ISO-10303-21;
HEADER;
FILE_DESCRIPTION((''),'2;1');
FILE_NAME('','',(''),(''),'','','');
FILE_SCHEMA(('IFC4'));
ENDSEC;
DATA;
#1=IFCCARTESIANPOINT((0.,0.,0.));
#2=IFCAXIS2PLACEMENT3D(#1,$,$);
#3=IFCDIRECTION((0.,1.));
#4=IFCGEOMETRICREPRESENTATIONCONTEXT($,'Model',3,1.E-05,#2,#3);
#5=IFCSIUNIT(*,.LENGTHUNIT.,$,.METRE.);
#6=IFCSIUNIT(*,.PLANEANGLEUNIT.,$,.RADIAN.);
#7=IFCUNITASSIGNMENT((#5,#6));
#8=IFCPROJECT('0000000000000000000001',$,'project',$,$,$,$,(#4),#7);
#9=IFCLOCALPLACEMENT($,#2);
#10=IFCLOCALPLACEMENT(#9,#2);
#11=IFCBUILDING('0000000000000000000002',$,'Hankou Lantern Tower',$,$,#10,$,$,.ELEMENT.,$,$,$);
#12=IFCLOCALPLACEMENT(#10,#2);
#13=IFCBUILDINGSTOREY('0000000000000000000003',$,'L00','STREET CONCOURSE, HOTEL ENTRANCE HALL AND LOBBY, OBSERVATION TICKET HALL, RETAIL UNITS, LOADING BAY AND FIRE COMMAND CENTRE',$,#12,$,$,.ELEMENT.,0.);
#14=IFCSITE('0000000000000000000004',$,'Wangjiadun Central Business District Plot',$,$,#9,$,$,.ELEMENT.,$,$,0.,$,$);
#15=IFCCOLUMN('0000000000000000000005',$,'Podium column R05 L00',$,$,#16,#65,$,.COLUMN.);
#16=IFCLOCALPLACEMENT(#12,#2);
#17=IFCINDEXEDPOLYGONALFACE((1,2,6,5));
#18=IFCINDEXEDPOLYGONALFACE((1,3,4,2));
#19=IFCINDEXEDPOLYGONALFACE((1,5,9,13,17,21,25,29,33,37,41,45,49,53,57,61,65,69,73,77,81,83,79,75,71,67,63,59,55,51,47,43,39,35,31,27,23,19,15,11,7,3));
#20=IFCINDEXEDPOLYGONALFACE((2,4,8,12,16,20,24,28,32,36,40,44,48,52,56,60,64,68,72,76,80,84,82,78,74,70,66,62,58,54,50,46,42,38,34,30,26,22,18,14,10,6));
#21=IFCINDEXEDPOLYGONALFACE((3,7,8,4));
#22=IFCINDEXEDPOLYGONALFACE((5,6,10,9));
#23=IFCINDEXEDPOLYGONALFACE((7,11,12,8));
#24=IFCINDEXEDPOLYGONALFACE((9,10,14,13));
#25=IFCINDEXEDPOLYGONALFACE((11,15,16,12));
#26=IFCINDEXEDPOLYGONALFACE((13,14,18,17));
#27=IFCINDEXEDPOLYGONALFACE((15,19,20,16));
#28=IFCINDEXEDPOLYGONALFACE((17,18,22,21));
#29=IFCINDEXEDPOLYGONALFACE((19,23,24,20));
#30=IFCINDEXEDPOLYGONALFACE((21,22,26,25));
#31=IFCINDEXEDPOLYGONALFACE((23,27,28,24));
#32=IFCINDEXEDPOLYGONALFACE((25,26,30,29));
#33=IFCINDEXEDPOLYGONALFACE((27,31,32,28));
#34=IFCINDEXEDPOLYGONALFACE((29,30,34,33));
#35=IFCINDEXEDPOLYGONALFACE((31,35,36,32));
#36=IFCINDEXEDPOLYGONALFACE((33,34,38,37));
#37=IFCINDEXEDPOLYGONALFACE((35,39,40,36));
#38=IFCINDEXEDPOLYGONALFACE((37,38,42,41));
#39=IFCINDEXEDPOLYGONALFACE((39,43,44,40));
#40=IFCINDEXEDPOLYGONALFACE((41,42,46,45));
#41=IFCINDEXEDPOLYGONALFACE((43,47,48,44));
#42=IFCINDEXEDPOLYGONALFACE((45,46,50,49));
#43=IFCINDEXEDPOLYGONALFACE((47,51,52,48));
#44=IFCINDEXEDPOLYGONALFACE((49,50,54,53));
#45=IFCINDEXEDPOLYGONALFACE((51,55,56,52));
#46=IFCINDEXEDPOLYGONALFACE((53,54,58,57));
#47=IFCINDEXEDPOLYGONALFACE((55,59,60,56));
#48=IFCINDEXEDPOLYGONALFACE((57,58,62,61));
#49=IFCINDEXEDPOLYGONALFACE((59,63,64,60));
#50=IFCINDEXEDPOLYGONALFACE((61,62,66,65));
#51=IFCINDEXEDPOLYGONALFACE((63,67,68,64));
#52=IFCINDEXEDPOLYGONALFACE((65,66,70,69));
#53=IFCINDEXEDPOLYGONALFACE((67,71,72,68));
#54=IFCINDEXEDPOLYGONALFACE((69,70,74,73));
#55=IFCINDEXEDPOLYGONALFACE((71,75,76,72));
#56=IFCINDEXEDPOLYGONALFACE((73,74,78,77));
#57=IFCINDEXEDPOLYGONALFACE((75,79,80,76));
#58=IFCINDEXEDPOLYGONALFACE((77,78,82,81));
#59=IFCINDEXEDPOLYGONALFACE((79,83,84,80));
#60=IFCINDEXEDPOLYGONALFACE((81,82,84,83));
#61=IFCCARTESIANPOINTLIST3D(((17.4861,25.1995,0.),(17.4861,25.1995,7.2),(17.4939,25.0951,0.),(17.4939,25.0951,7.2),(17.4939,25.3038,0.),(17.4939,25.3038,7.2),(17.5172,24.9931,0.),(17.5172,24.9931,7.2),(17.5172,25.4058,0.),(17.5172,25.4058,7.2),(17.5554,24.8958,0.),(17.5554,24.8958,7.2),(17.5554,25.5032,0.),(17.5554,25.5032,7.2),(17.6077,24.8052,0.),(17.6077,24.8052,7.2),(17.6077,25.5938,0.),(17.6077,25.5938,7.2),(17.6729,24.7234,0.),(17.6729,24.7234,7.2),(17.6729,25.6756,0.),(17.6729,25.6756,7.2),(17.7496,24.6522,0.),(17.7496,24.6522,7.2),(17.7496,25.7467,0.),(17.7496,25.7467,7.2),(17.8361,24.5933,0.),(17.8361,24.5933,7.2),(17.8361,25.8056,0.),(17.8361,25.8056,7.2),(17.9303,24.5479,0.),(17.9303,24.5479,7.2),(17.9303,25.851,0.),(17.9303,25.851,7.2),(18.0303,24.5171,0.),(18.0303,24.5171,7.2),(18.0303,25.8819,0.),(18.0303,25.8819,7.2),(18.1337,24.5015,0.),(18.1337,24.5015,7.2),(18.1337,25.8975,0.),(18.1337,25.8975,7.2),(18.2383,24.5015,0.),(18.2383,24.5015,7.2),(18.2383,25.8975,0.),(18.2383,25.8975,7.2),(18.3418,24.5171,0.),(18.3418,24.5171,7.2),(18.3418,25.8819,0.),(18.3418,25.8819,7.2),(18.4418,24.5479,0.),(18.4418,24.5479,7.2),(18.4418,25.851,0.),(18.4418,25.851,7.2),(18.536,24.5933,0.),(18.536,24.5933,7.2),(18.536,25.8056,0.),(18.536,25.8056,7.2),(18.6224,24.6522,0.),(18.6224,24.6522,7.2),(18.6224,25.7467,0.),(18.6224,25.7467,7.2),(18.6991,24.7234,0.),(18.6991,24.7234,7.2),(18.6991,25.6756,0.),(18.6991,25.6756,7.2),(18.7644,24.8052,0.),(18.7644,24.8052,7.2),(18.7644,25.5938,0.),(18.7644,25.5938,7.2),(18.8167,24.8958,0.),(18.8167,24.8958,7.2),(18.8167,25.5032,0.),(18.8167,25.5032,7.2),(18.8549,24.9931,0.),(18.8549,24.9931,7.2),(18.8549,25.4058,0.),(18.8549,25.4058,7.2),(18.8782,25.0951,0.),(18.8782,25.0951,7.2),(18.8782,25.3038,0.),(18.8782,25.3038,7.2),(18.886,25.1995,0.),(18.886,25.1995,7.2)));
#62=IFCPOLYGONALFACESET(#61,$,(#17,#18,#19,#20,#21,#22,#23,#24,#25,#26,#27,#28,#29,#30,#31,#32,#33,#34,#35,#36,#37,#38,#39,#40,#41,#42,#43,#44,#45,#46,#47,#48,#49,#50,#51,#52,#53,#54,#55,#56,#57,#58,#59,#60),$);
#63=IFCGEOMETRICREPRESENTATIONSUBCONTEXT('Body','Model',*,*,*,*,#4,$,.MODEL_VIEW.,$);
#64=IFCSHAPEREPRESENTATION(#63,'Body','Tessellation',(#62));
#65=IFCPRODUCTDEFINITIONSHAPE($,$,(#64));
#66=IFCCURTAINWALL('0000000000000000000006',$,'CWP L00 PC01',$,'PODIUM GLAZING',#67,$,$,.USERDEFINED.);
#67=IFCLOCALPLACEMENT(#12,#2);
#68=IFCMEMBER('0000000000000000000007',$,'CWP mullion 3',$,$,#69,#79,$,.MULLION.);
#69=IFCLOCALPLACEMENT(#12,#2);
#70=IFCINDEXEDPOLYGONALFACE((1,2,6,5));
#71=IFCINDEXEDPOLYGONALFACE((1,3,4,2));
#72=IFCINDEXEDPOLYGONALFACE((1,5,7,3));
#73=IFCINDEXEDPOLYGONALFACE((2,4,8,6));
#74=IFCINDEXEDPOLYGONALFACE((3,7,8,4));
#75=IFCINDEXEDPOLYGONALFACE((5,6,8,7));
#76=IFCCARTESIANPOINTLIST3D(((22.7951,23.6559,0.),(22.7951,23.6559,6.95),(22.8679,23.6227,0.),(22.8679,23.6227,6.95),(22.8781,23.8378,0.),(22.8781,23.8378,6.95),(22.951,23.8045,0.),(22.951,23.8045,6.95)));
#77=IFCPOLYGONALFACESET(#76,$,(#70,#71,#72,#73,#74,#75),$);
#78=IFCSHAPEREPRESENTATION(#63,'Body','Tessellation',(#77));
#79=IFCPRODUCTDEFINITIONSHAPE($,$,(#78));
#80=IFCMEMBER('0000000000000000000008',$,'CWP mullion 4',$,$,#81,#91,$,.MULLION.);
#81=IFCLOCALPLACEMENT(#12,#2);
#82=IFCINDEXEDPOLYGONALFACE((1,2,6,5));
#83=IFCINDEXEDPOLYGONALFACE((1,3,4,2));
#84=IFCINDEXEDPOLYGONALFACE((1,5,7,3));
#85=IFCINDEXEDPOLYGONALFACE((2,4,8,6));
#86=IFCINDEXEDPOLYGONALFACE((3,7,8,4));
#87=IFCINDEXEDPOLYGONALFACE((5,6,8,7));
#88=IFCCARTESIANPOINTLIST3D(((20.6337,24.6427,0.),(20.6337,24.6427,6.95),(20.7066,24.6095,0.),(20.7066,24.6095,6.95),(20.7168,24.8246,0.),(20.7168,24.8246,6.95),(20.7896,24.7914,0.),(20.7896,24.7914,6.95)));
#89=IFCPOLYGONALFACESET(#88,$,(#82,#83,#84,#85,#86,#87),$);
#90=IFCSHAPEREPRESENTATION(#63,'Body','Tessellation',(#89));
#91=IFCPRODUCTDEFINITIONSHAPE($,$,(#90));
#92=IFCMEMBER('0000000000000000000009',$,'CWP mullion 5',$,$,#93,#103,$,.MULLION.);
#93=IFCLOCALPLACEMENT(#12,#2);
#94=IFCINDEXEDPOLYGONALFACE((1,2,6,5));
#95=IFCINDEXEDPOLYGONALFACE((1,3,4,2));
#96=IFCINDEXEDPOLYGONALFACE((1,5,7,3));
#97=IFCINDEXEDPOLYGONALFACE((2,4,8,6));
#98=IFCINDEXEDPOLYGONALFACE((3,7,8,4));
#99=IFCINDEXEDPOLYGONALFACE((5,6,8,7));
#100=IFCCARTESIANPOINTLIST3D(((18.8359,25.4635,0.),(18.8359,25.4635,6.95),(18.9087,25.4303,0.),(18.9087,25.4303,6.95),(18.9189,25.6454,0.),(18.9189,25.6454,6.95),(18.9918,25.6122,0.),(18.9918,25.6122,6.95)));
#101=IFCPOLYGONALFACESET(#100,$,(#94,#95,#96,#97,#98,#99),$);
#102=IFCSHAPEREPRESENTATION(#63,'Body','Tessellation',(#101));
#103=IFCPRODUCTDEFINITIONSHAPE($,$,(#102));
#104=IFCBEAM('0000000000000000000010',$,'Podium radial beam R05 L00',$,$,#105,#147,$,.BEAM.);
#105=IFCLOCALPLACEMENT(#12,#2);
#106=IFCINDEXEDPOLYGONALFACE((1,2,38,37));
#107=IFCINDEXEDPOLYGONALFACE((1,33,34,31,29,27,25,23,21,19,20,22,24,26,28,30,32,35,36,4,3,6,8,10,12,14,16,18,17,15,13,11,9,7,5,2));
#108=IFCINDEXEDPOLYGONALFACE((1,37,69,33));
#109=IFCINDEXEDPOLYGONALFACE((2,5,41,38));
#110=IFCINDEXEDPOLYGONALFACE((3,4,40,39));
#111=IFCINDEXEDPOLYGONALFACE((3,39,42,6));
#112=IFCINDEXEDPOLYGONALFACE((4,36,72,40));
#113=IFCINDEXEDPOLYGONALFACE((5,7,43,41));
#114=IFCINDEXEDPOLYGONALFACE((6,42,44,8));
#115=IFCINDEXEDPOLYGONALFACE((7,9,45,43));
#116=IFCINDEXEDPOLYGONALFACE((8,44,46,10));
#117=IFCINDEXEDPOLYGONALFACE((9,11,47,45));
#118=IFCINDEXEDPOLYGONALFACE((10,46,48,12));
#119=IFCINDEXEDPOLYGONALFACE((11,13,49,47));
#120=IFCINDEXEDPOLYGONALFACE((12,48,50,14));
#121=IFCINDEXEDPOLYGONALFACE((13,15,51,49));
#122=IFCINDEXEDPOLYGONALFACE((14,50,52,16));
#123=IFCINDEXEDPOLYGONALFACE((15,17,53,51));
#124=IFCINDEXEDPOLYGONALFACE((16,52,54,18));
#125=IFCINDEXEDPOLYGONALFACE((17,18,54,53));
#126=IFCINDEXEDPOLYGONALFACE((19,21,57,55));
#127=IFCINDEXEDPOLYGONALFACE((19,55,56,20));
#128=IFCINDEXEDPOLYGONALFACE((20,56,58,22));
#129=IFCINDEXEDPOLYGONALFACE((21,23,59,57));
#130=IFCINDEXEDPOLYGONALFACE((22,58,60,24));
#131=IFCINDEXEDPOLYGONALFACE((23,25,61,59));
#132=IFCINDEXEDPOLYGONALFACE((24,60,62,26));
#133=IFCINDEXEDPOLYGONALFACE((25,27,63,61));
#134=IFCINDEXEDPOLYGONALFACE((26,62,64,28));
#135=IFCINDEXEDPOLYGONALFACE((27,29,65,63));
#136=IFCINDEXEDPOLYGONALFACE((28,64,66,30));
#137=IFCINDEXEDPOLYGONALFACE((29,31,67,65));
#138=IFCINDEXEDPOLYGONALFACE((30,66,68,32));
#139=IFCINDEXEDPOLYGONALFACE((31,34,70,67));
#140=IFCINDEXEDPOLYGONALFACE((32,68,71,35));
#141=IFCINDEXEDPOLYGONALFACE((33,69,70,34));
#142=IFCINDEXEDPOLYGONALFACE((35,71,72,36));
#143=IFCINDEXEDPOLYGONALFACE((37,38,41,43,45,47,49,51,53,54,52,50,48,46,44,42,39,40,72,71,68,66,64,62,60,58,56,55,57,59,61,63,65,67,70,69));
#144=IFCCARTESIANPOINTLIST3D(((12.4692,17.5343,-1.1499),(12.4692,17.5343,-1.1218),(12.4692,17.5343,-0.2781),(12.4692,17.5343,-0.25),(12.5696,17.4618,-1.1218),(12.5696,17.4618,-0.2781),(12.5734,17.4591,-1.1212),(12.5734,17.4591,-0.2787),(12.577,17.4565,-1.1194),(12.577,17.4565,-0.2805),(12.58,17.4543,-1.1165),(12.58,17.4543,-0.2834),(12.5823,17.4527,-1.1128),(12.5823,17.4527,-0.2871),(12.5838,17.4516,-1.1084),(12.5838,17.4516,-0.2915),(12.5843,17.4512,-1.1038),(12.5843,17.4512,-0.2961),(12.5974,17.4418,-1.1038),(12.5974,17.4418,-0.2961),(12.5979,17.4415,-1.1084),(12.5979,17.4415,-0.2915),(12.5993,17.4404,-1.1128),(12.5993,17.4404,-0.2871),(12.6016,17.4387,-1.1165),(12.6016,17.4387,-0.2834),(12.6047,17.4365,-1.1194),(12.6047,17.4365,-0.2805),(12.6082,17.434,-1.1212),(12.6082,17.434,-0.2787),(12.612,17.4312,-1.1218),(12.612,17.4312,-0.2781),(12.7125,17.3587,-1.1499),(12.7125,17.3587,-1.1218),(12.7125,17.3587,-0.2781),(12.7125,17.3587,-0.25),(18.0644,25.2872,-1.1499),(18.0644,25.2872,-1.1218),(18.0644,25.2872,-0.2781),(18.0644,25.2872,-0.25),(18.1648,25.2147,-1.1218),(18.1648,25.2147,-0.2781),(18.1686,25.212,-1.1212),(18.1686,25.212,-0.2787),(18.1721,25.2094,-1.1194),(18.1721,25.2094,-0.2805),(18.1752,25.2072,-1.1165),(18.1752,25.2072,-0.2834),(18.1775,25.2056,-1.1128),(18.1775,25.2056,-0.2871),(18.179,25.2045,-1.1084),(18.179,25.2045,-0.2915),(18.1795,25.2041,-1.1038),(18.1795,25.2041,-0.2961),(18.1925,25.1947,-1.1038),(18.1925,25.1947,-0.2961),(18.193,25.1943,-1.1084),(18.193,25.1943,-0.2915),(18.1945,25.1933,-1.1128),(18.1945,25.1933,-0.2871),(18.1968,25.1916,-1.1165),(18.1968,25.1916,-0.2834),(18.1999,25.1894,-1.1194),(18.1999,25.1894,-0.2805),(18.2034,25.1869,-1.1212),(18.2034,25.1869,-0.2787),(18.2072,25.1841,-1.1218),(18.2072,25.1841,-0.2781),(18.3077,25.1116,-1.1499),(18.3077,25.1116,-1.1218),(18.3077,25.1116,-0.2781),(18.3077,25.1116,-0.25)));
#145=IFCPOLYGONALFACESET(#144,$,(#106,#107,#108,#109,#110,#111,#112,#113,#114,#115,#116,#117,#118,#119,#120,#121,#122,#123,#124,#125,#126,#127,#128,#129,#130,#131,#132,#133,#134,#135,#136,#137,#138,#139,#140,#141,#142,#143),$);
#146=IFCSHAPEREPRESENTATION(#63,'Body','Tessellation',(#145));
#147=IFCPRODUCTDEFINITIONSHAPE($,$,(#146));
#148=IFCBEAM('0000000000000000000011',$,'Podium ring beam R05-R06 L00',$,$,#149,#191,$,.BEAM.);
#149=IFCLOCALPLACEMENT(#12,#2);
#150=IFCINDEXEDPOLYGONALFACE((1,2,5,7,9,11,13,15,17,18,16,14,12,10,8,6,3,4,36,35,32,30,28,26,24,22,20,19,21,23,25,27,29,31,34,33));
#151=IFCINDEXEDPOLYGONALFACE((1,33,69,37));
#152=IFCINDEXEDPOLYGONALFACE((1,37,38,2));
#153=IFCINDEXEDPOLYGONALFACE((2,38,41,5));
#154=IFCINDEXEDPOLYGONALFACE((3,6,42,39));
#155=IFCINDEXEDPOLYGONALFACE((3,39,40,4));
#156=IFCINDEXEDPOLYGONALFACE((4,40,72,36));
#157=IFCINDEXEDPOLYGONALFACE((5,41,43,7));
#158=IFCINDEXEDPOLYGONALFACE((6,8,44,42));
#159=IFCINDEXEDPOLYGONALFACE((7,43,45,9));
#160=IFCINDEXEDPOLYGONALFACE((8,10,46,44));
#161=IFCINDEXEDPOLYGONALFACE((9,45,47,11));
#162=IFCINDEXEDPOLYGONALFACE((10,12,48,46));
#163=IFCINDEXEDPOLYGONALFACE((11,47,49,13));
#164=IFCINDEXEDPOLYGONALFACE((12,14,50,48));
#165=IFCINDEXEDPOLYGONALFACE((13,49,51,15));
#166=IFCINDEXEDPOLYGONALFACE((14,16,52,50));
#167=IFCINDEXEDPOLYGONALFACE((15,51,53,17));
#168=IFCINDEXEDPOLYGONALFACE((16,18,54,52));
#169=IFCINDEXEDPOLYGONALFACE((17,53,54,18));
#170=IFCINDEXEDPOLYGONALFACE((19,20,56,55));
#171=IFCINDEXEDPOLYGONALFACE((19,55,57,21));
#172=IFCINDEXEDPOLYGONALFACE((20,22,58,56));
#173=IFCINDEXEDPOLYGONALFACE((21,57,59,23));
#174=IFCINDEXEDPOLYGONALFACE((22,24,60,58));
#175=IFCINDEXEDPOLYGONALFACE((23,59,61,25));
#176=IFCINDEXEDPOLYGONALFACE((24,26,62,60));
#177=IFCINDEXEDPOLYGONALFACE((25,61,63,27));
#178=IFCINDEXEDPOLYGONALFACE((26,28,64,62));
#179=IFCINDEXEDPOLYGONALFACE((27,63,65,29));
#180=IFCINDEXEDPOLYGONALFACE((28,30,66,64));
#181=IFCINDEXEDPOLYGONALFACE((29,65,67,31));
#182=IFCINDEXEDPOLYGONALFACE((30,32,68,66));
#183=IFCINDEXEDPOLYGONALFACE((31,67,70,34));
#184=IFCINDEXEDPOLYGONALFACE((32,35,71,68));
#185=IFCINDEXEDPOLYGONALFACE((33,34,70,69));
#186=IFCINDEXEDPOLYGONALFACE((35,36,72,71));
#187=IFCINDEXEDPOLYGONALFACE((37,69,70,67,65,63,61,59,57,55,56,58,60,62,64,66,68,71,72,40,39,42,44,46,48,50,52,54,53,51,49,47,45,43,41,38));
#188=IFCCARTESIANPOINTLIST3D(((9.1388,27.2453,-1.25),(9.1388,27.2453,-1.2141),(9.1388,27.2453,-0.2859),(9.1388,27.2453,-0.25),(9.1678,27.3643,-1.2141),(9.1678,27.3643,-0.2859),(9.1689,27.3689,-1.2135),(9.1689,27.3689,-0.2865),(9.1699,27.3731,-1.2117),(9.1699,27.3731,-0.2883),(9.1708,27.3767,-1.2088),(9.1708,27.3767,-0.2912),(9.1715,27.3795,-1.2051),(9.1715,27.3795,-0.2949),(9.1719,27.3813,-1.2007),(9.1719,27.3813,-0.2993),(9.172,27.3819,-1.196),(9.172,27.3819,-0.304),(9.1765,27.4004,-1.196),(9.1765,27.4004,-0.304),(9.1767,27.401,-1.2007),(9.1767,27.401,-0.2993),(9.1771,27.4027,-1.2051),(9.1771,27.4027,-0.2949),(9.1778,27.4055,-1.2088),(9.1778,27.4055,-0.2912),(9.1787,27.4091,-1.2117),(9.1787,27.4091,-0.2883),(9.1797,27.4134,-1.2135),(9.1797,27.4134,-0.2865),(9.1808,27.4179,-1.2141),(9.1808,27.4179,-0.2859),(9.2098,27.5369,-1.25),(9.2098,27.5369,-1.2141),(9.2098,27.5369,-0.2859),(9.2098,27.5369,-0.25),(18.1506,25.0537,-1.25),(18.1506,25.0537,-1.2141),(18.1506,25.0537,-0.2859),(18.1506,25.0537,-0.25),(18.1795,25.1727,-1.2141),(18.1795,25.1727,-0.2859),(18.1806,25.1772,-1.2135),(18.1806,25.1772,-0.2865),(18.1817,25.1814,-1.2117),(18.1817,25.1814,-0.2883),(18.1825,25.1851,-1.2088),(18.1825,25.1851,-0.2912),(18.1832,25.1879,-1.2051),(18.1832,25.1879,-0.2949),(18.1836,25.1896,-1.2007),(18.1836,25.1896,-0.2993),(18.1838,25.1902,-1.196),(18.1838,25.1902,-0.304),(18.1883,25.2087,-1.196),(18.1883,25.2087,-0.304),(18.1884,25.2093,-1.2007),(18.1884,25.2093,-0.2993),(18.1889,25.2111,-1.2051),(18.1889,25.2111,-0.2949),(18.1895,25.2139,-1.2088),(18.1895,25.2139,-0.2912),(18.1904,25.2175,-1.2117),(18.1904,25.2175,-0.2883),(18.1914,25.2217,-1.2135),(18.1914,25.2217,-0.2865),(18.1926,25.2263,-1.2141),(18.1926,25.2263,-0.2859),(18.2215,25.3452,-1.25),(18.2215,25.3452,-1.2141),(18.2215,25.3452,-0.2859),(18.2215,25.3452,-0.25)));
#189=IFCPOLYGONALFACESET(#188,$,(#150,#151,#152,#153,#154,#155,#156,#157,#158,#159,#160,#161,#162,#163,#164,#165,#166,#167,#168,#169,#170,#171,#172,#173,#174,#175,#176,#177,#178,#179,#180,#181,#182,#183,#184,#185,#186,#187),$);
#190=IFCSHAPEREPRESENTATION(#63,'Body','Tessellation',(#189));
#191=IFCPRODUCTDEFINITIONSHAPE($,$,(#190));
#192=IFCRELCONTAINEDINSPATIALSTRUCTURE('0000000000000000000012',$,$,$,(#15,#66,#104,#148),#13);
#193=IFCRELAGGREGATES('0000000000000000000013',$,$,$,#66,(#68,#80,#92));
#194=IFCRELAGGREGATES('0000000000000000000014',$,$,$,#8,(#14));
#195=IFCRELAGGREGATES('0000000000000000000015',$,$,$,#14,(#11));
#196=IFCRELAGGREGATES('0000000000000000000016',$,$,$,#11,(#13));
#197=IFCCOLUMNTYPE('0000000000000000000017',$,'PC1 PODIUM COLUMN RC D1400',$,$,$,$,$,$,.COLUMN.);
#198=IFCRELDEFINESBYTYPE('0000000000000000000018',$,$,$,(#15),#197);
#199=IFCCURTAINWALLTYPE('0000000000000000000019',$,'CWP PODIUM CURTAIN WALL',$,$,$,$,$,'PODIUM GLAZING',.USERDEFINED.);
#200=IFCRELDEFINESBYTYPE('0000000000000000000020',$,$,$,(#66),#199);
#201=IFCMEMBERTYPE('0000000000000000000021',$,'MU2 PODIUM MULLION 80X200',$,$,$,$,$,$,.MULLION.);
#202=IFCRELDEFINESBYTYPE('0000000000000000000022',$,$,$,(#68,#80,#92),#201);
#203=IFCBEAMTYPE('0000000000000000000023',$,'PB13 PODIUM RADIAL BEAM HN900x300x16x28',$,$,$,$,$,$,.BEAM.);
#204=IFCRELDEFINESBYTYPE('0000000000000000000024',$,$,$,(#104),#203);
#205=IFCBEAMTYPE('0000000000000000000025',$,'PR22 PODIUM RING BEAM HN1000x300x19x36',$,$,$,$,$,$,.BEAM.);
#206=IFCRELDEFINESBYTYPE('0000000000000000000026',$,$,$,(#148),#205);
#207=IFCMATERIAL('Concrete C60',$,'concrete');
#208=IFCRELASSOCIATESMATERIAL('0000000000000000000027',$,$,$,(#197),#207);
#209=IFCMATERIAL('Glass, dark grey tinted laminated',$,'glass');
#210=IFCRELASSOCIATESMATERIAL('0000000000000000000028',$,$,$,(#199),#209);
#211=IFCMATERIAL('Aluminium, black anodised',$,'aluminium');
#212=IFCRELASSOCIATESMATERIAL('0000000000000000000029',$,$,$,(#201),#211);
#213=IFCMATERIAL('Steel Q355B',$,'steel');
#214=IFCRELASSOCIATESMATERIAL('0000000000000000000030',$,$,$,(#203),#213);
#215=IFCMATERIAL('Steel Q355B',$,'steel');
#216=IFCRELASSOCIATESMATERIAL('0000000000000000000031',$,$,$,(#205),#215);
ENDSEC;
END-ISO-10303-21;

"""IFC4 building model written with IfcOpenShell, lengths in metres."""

from ifc_helpers import new_model, si_unit, direction, frame, origin, origin_2d, place, context, subcontext, project, spatial, rectangle, circle, i_section, extrude, material, material_profile, profile_set, type_object, element, aggregate, save


model = new_model("IFC4")

# Units and contexts
model_context = context("Model", 3, precision=1e-05, world=origin(), true_north=direction((0.0, 1.0)))
body_context = subcontext(model_context, "Body", "Model", "MODEL_VIEW")
ifc_project = project(units=[si_unit("LENGTHUNIT", "METRE"), si_unit("PLANEANGLEUNIT", "RADIAN")], contexts=[model_context])

# Site, building, storey
site_placement = place(None, origin())
site = spatial("IfcSite", under=ifc_project, at=site_placement, Name="Wangjiadun Central Business District Plot", CompositionType="ELEMENT", RefElevation=0.0)
building_placement = place(site_placement, origin())
building = spatial("IfcBuilding", under=site, at=building_placement, Name="Hankou Lantern Tower", CompositionType="ELEMENT")
storey_placement = place(building_placement, origin())
storey = spatial("IfcBuildingStorey", under=building, at=storey_placement, Name="L00", Description="STREET CONCOURSE, HOTEL ENTRANCE HALL AND LOBBY, OBSERVATION TICKET HALL, RETAIL UNITS, LOADING BAY AND FIRE COMMAND CENTRE", CompositionType="ELEMENT", Elevation=0.0)

# Column
ifc_material_1 = material(Name="Concrete C60", Category="concrete")
ifc_material_profile_1 = material_profile(ifc_material_1, circle(Radius=0.7, at=origin_2d()), Name="RC D1400")
ifc_profile_set_1 = profile_set([ifc_material_profile_1], Name="Concrete C60")
column_type = type_object("IfcColumnType", Name="PC1 PODIUM COLUMN RC D1400", PredefinedType="COLUMN", material=ifc_profile_set_1)
column_placement = place(storey_placement, frame((18.186, 25.1995, 0.0), z_axis=(0.0, 0.0, 1.0), x_axis=(1.0, 0.0, 0.0)))
element("IfcColumn", 1, at=column_placement, inside=storey, type_object=column_type, Name="Podium column R05 L00", PredefinedType="COLUMN", context=body_context, shape_type="SweptSolid", body=[
    extrude(circle(Radius=0.7, at=origin_2d()), origin(), (0.0, 0.0, 1.0), 7.2),
])

# Curtain wall, members
ifc_material_2 = material(Name="Glass, dark grey tinted laminated", Category="glass")
curtain_wall_type = type_object("IfcCurtainWallType", Name="CWP PODIUM CURTAIN WALL", ElementType="PODIUM GLAZING", PredefinedType="USERDEFINED", material=ifc_material_2)
curtain_wall_placement = place(storey_placement, origin())
curtain_wall = element("IfcCurtainWall", 2, at=curtain_wall_placement, inside=storey, type_object=curtain_wall_type, Name="CWP L00 PC01", ObjectType="PODIUM GLAZING", PredefinedType="USERDEFINED")
ifc_material_3 = material(Name="Aluminium, black anodised", Category="aluminium")
ifc_material_profile_2 = material_profile(ifc_material_3, rectangle(XDim=0.0801, YDim=0.2, at=origin_2d()), Name="MU2 80X200")
ifc_profile_set_2 = profile_set([ifc_material_profile_2], Name="Aluminium, black anodised")
member_type_1 = type_object("IfcMemberType", Name="MU2 PODIUM MULLION 80X200", PredefinedType="MULLION", material=ifc_profile_set_2)
member_1_placement = place(storey_placement, frame((22.873, 23.7302, 0.0), z_axis=(0.0, 0.0, 1.0), x_axis=(-0.90967, 0.415332, 0.0)))
member_1 = element("IfcMember", 3, at=member_1_placement, type_object=member_type_1, Name="CWP mullion 3", PredefinedType="MULLION", context=body_context, shape_type="SweptSolid", body=[
    extrude(rectangle(XDim=0.0801, YDim=0.2, at=origin_2d()), origin(), (0.0, 0.0, 1.0), 6.95),
])
member_2_placement = place(storey_placement, frame((20.7117, 24.717, 0.0), z_axis=(0.0, 0.0, 1.0), x_axis=(-0.90967, 0.415332, 0.0)))
member_2 = element("IfcMember", 4, at=member_2_placement, type_object=member_type_1, Name="CWP mullion 4", PredefinedType="MULLION", context=body_context, shape_type="SweptSolid", body=[
    extrude(rectangle(XDim=0.0801, YDim=0.2, at=origin_2d()), origin(), (0.0, 0.0, 1.0), 6.95),
])
member_3_placement = place(storey_placement, frame((18.9138, 25.5378, 0.0), z_axis=(0.0, 0.0, 1.0), x_axis=(-0.90967, 0.415332, 0.0)))
member_3 = element("IfcMember", 5, at=member_3_placement, type_object=member_type_1, Name="CWP mullion 5", PredefinedType="MULLION", context=body_context, shape_type="SweptSolid", body=[
    extrude(rectangle(XDim=0.0801, YDim=0.2, at=origin_2d()), origin(), (0.0, 0.0, 1.0), 6.95),
])

# Beams
ifc_material_4 = material(Name="Steel Q355B", Category="steel")
ifc_material_profile_3 = material_profile(ifc_material_4, i_section(OverallWidth=0.3, OverallDepth=0.8999, WebThickness=0.0161, FlangeThickness=0.0281, FilletRadius=0.0181, at=origin_2d()), Name="HN900x300x16x28")
ifc_profile_set_3 = profile_set([ifc_material_profile_3], Name="Steel Q355B")
beam_type_1 = type_object("IfcBeamType", Name="PB13 PODIUM RADIAL BEAM HN900x300x16x28", PredefinedType="BEAM", material=ifc_profile_set_3)
beam_1_placement = place(storey_placement, frame((12.5908, 17.4465, -0.7), z_axis=(0.585207, 0.810884, 0.0), x_axis=(-0.810884, 0.585207, 0.0)))
element("IfcBeam", 6, at=beam_1_placement, inside=storey, type_object=beam_type_1, Name="Podium radial beam R05 L00", PredefinedType="BEAM", context=body_context, shape_type="SweptSolid", body=[
    extrude(i_section(OverallWidth=0.3, OverallDepth=0.8999, WebThickness=0.0161, FlangeThickness=0.0281, FilletRadius=0.0181, at=origin_2d()), origin(), (0.0, 0.0, 1.0), 9.561),
])
ifc_material_5 = material(Name="Steel Q355B", Category="steel")
ifc_material_profile_4 = material_profile(ifc_material_5, i_section(OverallWidth=0.3, OverallDepth=1.0, WebThickness=0.019, FlangeThickness=0.0359, FilletRadius=0.0181, at=origin_2d()), Name="HN1000x300x19x36")
ifc_profile_set_4 = profile_set([ifc_material_profile_4], Name="Steel Q355B")
beam_type_2 = type_object("IfcBeamType", Name="PR22 PODIUM RING BEAM HN1000x300x19x36", PredefinedType="BEAM", material=ifc_profile_set_4)
beam_2_placement = place(storey_placement, frame((18.186, 25.1995, -0.75), z_axis=(-0.971677, 0.236312, 0.0), x_axis=(-0.236312, -0.971677, 0.0)))
element("IfcBeam", 7, at=beam_2_placement, inside=storey, type_object=beam_type_2, Name="Podium ring beam R05-R06 L00", PredefinedType="BEAM", context=body_context, shape_type="SweptSolid", body=[
    extrude(i_section(OverallWidth=0.3, OverallDepth=1.0, WebThickness=0.019, FlangeThickness=0.0359, FilletRadius=0.0181, at=origin_2d()), origin(), (0.0, 0.0, 1.0), 9.2744),
])

aggregate(curtain_wall, [member_1, member_2, member_3])

save(model, "model.ifc")
